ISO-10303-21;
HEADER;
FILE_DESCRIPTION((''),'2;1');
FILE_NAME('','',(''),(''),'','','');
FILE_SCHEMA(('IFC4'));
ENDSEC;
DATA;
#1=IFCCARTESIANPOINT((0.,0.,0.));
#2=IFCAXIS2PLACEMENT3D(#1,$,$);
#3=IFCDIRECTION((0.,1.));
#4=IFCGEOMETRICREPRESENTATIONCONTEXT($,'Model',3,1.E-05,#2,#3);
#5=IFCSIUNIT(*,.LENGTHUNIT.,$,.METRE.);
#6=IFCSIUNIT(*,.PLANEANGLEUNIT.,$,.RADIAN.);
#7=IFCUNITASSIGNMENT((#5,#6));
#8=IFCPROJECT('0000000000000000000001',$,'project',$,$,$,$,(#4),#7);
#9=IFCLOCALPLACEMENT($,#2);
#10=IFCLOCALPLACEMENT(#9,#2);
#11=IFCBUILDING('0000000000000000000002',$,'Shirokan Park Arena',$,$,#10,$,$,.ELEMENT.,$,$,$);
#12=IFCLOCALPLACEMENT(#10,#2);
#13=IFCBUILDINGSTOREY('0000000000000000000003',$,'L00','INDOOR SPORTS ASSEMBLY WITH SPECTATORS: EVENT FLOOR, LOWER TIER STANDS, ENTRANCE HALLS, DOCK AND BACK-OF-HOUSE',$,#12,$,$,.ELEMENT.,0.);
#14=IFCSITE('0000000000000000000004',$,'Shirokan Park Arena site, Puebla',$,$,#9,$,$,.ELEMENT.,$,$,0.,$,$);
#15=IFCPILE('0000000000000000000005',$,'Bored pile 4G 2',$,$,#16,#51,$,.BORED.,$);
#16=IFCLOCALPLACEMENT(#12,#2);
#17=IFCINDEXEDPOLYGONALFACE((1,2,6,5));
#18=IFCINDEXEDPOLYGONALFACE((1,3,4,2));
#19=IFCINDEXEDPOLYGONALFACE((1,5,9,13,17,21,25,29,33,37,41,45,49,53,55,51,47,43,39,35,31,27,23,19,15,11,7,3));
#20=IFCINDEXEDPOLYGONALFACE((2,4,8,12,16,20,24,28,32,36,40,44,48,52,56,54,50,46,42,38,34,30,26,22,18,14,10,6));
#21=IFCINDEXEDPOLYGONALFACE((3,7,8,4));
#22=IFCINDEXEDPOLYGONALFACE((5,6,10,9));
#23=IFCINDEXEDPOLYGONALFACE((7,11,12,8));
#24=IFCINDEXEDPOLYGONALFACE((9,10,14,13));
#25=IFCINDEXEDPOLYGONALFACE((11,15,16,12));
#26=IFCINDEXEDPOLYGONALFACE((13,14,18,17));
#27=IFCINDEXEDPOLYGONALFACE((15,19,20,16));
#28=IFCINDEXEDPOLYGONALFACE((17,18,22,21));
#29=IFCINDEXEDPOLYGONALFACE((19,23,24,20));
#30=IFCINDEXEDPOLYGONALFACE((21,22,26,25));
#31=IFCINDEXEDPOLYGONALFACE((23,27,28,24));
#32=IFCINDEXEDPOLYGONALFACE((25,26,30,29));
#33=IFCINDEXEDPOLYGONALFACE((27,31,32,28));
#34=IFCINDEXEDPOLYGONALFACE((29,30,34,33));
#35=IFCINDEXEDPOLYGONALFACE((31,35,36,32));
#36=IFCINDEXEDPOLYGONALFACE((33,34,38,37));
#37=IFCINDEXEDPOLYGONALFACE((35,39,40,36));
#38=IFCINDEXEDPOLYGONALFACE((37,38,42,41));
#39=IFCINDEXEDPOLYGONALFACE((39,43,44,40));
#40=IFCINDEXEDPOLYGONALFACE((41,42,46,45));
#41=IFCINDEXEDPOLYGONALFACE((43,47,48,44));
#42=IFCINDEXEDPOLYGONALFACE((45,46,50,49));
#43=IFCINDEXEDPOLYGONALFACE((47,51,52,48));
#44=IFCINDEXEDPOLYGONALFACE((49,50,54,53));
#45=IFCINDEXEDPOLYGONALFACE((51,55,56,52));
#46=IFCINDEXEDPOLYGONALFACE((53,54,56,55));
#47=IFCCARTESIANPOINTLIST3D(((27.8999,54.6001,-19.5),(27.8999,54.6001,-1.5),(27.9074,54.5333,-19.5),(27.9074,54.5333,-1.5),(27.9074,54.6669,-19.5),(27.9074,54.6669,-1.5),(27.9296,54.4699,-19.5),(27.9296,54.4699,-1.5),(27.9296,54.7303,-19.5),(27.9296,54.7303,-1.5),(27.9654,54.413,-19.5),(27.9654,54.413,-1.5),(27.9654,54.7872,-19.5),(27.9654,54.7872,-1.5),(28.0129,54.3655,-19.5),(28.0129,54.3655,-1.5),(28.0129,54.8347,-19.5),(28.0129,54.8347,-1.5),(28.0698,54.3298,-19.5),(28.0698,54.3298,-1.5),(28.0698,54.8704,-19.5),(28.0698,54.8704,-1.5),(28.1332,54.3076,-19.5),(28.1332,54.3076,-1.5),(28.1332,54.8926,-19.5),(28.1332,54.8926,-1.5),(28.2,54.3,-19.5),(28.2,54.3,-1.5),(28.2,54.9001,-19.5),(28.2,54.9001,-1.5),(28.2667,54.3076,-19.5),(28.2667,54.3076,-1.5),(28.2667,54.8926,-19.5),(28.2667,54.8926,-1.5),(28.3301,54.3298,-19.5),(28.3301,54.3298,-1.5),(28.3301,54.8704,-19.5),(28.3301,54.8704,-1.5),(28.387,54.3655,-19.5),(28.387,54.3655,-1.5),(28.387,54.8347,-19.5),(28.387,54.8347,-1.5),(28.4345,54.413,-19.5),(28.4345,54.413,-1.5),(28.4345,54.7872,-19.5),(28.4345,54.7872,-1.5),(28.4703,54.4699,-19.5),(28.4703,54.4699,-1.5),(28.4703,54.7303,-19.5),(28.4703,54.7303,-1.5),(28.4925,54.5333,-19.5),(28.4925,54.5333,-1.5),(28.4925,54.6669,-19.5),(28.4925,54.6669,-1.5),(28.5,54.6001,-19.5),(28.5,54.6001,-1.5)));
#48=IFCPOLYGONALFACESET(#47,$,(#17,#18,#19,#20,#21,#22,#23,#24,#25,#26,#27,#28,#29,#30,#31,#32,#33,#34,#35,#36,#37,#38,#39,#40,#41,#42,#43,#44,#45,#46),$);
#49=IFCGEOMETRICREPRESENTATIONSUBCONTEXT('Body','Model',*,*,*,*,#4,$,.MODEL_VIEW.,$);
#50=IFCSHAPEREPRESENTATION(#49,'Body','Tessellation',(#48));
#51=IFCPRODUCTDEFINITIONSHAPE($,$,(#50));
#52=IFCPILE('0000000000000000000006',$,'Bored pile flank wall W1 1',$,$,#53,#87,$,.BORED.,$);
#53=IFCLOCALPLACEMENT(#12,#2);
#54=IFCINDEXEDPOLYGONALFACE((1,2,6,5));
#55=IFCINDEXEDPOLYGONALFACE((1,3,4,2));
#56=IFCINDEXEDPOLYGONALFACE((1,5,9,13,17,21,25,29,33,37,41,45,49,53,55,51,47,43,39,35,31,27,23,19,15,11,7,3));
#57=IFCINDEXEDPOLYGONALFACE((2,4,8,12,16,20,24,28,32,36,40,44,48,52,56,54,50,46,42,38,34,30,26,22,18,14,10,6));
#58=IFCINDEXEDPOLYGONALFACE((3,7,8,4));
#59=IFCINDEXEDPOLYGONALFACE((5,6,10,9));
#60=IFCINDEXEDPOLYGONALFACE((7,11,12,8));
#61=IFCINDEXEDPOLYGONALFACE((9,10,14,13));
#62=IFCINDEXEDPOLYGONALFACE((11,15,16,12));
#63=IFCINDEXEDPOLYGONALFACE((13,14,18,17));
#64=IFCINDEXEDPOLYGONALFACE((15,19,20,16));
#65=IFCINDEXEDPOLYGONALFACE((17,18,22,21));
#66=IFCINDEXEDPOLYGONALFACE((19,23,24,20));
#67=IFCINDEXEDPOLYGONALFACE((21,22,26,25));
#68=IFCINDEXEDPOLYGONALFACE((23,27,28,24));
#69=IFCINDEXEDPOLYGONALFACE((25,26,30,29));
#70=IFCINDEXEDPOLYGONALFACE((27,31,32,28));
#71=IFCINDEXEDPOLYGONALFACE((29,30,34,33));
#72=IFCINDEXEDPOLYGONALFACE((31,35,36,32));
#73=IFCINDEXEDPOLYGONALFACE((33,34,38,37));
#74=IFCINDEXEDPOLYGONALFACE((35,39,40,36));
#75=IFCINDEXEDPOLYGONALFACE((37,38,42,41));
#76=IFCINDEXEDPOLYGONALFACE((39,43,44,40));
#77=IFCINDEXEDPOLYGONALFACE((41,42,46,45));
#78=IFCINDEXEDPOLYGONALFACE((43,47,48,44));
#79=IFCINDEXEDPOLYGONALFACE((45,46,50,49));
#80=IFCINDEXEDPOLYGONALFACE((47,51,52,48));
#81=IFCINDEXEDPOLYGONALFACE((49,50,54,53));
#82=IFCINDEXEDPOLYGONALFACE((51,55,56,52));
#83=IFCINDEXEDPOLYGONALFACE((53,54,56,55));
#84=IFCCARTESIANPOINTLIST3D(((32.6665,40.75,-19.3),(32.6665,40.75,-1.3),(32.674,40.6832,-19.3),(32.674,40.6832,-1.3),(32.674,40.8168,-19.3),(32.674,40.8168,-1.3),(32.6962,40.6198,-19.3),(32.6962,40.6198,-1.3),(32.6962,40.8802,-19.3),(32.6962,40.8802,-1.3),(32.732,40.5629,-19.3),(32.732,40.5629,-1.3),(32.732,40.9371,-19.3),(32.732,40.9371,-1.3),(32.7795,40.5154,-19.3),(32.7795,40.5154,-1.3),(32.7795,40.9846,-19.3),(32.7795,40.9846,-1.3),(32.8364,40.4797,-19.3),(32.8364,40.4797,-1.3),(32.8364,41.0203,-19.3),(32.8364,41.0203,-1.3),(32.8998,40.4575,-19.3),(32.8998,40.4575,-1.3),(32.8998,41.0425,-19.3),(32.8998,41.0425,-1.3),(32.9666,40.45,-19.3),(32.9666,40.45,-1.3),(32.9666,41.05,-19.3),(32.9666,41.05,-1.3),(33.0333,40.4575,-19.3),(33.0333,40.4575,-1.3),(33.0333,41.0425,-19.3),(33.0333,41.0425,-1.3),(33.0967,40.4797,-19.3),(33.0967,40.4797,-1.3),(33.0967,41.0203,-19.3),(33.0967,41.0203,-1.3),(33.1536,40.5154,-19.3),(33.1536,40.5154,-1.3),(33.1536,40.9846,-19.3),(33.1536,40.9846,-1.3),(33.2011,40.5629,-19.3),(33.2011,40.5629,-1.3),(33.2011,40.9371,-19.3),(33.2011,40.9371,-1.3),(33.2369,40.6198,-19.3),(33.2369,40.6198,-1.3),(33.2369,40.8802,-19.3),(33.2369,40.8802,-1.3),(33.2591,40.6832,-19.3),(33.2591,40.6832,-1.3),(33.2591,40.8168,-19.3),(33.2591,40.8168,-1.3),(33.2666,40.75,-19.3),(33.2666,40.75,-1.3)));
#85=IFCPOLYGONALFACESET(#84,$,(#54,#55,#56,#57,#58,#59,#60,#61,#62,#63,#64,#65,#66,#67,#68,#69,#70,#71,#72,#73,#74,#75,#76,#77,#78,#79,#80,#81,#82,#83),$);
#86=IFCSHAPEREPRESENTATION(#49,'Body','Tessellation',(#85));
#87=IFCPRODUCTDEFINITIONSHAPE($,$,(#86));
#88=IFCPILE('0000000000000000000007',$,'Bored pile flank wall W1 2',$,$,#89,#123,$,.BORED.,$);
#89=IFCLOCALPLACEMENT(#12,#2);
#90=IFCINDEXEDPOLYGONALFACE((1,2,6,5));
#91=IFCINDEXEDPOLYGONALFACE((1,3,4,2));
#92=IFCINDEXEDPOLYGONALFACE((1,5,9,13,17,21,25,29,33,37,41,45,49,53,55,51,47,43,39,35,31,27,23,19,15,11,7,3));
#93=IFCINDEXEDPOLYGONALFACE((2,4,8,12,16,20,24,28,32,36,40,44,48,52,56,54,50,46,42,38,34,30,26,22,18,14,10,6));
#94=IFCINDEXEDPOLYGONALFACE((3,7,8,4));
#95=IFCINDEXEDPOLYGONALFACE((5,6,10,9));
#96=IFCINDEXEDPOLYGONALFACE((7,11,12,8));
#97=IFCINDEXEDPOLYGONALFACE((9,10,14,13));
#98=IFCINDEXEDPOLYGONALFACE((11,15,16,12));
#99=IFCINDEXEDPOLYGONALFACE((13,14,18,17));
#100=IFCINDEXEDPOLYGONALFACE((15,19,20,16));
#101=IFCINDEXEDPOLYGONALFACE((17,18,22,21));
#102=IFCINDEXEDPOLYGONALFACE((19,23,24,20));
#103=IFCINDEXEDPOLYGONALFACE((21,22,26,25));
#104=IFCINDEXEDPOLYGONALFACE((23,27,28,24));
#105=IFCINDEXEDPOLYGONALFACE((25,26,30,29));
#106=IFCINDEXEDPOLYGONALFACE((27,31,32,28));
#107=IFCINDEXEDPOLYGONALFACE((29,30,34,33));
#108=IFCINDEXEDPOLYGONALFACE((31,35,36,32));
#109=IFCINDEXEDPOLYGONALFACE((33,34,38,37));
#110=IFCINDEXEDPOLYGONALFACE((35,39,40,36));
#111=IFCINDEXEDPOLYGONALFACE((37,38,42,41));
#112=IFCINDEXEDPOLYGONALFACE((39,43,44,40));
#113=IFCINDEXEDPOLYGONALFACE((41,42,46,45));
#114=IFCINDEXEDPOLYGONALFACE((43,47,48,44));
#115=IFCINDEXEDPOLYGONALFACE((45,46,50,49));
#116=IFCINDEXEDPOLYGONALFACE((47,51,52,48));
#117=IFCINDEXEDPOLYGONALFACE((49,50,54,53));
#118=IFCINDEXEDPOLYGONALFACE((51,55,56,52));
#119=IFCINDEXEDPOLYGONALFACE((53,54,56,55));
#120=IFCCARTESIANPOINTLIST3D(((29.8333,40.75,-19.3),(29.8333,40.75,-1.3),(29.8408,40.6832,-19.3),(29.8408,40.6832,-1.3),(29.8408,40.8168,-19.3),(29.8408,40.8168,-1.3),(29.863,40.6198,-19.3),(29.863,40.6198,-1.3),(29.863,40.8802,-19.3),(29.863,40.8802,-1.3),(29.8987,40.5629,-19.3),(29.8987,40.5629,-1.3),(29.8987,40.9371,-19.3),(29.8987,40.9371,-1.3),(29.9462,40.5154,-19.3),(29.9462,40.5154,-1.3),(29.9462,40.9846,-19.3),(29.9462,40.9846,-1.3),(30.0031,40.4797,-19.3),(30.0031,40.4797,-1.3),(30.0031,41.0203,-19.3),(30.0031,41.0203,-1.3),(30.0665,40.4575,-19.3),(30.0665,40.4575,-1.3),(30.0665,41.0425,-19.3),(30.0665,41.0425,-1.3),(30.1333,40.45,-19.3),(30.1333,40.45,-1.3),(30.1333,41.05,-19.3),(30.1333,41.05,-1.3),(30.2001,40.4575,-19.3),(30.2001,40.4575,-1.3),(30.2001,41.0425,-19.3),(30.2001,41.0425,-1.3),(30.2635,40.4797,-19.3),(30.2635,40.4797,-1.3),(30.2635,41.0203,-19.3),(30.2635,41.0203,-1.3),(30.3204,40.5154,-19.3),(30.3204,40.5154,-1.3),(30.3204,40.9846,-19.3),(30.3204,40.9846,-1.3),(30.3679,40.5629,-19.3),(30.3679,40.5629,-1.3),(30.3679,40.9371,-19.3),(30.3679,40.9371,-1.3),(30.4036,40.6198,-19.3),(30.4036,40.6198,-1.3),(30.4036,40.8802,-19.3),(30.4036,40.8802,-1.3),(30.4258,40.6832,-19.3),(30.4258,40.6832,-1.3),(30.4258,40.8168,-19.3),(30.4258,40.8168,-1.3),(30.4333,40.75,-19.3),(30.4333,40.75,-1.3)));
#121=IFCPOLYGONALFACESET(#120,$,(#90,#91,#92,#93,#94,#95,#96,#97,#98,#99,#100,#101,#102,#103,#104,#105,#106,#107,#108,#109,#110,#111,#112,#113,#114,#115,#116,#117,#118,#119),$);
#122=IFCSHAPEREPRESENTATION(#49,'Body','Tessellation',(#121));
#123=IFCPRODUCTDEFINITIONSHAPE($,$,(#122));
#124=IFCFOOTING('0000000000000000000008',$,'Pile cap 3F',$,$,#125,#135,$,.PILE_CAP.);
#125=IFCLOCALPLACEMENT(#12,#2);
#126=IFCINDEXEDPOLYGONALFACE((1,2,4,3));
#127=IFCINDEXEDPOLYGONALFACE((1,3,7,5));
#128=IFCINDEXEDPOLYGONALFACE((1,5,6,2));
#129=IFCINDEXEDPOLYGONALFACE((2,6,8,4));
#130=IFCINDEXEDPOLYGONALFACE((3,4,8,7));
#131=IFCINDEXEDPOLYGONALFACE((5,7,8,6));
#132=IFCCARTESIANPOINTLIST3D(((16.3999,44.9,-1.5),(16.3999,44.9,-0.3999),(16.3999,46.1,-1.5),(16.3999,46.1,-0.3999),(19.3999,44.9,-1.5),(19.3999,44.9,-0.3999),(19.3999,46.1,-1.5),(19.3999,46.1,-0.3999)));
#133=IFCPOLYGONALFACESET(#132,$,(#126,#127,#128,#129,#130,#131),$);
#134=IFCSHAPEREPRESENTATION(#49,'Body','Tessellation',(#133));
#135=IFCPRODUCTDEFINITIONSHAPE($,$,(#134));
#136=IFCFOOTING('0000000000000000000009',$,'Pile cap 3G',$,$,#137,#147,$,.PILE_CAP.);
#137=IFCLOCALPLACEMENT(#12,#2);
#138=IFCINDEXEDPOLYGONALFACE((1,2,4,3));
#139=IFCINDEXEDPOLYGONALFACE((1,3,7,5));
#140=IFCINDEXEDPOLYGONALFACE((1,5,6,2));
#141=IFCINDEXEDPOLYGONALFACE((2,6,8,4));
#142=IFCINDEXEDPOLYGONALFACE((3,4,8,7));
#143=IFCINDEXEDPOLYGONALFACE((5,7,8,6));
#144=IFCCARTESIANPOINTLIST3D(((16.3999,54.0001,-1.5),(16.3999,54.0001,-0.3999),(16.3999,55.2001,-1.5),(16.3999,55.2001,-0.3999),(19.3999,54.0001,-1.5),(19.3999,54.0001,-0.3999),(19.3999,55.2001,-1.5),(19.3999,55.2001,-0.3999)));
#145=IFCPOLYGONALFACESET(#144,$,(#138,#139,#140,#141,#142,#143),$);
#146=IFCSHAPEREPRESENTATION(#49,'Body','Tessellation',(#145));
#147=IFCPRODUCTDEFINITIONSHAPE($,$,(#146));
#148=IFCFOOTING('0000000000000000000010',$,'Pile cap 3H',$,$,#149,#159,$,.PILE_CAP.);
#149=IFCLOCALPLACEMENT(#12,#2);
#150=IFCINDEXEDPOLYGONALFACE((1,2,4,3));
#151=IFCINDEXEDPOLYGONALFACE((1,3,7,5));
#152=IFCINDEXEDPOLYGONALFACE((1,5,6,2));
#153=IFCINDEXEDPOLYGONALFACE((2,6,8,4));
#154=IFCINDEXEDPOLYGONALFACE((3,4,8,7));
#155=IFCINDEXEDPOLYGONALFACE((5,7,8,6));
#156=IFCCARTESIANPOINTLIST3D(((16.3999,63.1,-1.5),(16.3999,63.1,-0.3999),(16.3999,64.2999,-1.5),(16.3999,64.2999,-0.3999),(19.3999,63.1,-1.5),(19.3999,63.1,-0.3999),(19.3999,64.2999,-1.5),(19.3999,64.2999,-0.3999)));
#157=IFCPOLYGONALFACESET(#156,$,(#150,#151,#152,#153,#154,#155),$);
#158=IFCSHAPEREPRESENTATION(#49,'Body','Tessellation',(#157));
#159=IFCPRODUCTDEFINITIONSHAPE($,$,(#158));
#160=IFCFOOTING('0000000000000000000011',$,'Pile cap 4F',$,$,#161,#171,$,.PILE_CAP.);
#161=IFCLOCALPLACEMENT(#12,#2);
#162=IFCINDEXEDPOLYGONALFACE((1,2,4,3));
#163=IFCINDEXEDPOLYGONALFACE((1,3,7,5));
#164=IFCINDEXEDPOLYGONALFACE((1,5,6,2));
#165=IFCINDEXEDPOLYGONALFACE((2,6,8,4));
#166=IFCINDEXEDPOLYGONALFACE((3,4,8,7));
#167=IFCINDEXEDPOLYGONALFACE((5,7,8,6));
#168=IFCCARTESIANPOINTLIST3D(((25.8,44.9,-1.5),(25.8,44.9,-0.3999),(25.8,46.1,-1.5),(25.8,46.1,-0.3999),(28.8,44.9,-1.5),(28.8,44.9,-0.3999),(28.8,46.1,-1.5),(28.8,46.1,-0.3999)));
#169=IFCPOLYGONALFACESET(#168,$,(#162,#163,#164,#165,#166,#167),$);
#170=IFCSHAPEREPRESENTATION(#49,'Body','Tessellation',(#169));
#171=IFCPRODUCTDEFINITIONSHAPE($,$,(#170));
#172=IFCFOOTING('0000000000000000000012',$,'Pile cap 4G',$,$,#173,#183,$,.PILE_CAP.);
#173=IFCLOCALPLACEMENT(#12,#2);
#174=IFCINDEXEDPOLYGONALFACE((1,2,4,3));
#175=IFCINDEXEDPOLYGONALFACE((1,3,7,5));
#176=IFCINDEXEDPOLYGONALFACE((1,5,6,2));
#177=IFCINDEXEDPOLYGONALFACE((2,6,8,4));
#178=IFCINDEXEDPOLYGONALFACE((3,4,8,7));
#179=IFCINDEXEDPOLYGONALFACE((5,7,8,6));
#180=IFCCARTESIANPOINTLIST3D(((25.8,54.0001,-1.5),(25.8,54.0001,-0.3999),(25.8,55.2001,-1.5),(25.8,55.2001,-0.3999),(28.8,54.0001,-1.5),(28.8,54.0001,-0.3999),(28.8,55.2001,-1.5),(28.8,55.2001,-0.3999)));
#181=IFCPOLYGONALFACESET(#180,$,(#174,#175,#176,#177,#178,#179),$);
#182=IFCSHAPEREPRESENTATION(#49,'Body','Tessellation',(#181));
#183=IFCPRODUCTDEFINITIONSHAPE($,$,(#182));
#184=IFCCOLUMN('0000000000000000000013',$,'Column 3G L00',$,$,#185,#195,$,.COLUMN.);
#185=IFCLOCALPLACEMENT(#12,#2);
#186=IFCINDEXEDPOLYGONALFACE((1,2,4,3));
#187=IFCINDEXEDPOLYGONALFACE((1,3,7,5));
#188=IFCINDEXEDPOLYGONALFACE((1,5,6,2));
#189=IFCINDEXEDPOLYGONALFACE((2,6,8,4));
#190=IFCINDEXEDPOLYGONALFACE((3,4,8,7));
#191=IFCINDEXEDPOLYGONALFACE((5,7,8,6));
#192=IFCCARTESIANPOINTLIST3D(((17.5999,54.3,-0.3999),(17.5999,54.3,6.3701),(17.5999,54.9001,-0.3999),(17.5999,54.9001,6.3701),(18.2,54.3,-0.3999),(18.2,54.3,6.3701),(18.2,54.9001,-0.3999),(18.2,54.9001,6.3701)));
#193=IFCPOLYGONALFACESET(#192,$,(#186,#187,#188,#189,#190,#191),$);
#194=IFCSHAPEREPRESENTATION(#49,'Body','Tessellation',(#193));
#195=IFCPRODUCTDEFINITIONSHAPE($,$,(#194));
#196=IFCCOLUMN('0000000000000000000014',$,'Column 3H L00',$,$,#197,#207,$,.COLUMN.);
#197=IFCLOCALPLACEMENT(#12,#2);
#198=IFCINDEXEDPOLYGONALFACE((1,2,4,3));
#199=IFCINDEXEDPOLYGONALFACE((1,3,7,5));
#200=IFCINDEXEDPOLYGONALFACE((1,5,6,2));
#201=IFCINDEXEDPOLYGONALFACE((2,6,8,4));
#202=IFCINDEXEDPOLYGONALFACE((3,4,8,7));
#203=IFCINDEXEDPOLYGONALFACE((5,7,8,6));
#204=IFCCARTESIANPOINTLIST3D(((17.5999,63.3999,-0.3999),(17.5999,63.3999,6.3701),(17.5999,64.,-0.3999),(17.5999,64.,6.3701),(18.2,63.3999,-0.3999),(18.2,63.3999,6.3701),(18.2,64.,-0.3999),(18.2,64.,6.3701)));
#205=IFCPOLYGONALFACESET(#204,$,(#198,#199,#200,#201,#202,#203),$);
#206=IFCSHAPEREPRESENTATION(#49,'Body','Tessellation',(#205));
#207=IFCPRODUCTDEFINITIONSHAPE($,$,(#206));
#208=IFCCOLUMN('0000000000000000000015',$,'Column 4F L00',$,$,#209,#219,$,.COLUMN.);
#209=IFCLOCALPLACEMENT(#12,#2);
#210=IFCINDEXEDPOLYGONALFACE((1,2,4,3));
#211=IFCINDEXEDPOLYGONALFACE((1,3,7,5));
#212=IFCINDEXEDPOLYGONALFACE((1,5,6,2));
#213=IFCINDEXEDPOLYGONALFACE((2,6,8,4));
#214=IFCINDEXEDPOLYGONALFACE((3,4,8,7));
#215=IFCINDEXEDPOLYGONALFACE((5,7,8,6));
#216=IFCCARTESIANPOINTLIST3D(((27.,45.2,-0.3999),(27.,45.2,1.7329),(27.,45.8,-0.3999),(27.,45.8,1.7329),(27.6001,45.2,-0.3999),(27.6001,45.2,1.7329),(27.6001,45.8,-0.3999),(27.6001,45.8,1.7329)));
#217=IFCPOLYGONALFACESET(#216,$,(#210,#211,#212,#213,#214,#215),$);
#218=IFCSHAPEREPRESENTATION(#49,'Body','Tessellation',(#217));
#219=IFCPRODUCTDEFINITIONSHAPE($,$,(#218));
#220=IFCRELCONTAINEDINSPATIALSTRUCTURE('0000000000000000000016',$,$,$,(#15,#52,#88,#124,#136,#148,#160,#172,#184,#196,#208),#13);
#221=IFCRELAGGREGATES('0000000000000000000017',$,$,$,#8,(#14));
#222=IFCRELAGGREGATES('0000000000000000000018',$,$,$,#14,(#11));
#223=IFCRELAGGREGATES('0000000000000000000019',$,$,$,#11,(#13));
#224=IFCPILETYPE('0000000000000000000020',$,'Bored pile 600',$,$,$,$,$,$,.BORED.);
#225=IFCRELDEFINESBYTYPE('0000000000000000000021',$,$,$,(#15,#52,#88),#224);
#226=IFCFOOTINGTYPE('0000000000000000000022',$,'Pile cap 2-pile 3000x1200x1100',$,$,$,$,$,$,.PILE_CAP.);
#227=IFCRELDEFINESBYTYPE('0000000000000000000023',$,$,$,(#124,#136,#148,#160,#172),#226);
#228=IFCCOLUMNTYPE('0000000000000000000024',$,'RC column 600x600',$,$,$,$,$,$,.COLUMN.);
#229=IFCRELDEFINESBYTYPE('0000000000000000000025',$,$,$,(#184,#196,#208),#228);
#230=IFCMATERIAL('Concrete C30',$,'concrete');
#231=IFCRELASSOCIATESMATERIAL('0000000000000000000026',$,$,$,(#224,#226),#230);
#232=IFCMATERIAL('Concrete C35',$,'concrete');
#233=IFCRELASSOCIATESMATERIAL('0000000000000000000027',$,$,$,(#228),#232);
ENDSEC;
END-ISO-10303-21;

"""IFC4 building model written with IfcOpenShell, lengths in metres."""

from ifc_helpers import new_model, si_unit, direction, frame, origin, origin_2d, place, context, subcontext, project, spatial, rectangle, circle, extrude, material, material_profile, profile_set, type_object, element, save


model = new_model("IFC4")

# Units and contexts
model_context = context("Model", 3, precision=1e-05, world=origin(), true_north=direction((0.0, 1.0)))
body_context = subcontext(model_context, "Body", "Model", "MODEL_VIEW")
ifc_project = project(units=[si_unit("LENGTHUNIT", "METRE"), si_unit("PLANEANGLEUNIT", "RADIAN")], contexts=[model_context])

# Site, building, storey
site_placement = place(None, origin())
site = spatial("IfcSite", under=ifc_project, at=site_placement, Name="Shirokan Park Arena site, Puebla", CompositionType="ELEMENT", RefElevation=0.0)
building_placement = place(site_placement, origin())
building = spatial("IfcBuilding", under=site, at=building_placement, Name="Shirokan Park Arena", CompositionType="ELEMENT")
storey_placement = place(building_placement, origin())
storey = spatial("IfcBuildingStorey", under=building, at=storey_placement, Name="L00", Description="INDOOR SPORTS ASSEMBLY WITH SPECTATORS: EVENT FLOOR, LOWER TIER STANDS, ENTRANCE HALLS, DOCK AND BACK-OF-HOUSE", CompositionType="ELEMENT", Elevation=0.0)

# Piles
ifc_material_1 = material(Name="Concrete C30", Category="concrete")
ifc_material_profile_1 = material_profile(ifc_material_1, circle(Radius=0.3, at=origin_2d()), Name="D600")
ifc_profile_set_1 = profile_set([ifc_material_profile_1], Name="Concrete C30")
pile_type = type_object("IfcPileType", Name="Bored pile 600", PredefinedType="BORED", material=ifc_profile_set_1)
for number, where, z_axis, x_axis, name in (
    (1, (28.2, 54.6001, -1.5), (0.0, 0.0, -1.0), (1.0, 0.0, 0.0), "Bored pile 4G 2"),
    (2, (32.9666, 40.75, -1.3), (0.0, 0.0, -1.0), (1.0, 0.0, 0.0), "Bored pile flank wall W1 1"),
    (3, (30.1333, 40.75, -1.3), (0.0, 0.0, -1.0), (1.0, 0.0, 0.0), "Bored pile flank wall W1 2"),
):
    element("IfcPile", number, at=place(storey_placement, frame(where, z_axis=z_axis, x_axis=x_axis)), inside=storey, type_object=pile_type, Name=name, PredefinedType="BORED", context=body_context, shape_type="SweptSolid", body=[
        extrude(circle(Radius=0.3, at=origin_2d()), origin(), (0.0, 0.0, 1.0), 18.0),
    ])

# Footings
footing_type = type_object("IfcFootingType", Name="Pile cap 2-pile 3000x1200x1100", PredefinedType="PILE_CAP", material=ifc_material_1)
for number, where, z_axis, x_axis, name in (
    (4, (17.8999, 45.5, -1.5), (0.0, 0.0, 1.0), (1.0, 0.0, 0.0), "Pile cap 3F"),
    (5, (17.8999, 54.6001, -1.5), (0.0, 0.0, 1.0), (1.0, 0.0, 0.0), "Pile cap 3G"),
    (6, (17.8999, 63.7, -1.5), (0.0, 0.0, 1.0), (1.0, 0.0, 0.0), "Pile cap 3H"),
    (7, (27.3, 45.5, -1.5), (0.0, 0.0, 1.0), (1.0, 0.0, 0.0), "Pile cap 4F"),
    (8, (27.3, 54.6001, -1.5), (0.0, 0.0, 1.0), (1.0, 0.0, 0.0), "Pile cap 4G"),
):
    element("IfcFooting", number, at=place(storey_placement, frame(where, z_axis=z_axis, x_axis=x_axis)), inside=storey, type_object=footing_type, Name=name, PredefinedType="PILE_CAP", context=body_context, shape_type="SweptSolid", body=[
        extrude(rectangle(XDim=3.0, YDim=1.2, at=origin_2d()), origin(), (0.0, 0.0, 1.0), 1.1001),
    ])

# Columns
ifc_material_2 = material(Name="Concrete C35", Category="concrete")
ifc_material_profile_2 = material_profile(ifc_material_2, rectangle(XDim=0.6001, YDim=0.6001, at=origin_2d()), Name="600x600")
ifc_profile_set_2 = profile_set([ifc_material_profile_2], Name="Concrete C35")
column_type = type_object("IfcColumnType", Name="RC column 600x600", PredefinedType="COLUMN", material=ifc_profile_set_2)
for number, where, z_axis, x_axis, name in (
    (9, (17.8999, 54.6001, -0.3999), (0.0, 0.0, 1.0), (1.0, 0.0, 0.0), "Column 3G L00"),
    (10, (17.8999, 63.7, -0.3999), (0.0, 0.0, 1.0), (1.0, 0.0, 0.0), "Column 3H L00"),
):
    element("IfcColumn", number, at=place(storey_placement, frame(where, z_axis=z_axis, x_axis=x_axis)), inside=storey, type_object=column_type, Name=name, PredefinedType="COLUMN", context=body_context, shape_type="SweptSolid", body=[
        extrude(rectangle(XDim=0.6001, YDim=0.6001, at=origin_2d()), origin(), (0.0, 0.0, 1.0), 6.77),
    ])
for number, where, z_axis, x_axis, name in (
    (11, (27.3, 45.5, -0.3999), (0.0, 0.0, 1.0), (1.0, 0.0, 0.0), "Column 4F L00"),
):
    element("IfcColumn", number, at=place(storey_placement, frame(where, z_axis=z_axis, x_axis=x_axis)), inside=storey, type_object=column_type, Name=name, PredefinedType="COLUMN", context=body_context, shape_type="SweptSolid", body=[
        extrude(rectangle(XDim=0.6001, YDim=0.6001, at=origin_2d()), origin(), (0.0, 0.0, 1.0), 2.1328),
    ])

save(model, "model.ifc")
